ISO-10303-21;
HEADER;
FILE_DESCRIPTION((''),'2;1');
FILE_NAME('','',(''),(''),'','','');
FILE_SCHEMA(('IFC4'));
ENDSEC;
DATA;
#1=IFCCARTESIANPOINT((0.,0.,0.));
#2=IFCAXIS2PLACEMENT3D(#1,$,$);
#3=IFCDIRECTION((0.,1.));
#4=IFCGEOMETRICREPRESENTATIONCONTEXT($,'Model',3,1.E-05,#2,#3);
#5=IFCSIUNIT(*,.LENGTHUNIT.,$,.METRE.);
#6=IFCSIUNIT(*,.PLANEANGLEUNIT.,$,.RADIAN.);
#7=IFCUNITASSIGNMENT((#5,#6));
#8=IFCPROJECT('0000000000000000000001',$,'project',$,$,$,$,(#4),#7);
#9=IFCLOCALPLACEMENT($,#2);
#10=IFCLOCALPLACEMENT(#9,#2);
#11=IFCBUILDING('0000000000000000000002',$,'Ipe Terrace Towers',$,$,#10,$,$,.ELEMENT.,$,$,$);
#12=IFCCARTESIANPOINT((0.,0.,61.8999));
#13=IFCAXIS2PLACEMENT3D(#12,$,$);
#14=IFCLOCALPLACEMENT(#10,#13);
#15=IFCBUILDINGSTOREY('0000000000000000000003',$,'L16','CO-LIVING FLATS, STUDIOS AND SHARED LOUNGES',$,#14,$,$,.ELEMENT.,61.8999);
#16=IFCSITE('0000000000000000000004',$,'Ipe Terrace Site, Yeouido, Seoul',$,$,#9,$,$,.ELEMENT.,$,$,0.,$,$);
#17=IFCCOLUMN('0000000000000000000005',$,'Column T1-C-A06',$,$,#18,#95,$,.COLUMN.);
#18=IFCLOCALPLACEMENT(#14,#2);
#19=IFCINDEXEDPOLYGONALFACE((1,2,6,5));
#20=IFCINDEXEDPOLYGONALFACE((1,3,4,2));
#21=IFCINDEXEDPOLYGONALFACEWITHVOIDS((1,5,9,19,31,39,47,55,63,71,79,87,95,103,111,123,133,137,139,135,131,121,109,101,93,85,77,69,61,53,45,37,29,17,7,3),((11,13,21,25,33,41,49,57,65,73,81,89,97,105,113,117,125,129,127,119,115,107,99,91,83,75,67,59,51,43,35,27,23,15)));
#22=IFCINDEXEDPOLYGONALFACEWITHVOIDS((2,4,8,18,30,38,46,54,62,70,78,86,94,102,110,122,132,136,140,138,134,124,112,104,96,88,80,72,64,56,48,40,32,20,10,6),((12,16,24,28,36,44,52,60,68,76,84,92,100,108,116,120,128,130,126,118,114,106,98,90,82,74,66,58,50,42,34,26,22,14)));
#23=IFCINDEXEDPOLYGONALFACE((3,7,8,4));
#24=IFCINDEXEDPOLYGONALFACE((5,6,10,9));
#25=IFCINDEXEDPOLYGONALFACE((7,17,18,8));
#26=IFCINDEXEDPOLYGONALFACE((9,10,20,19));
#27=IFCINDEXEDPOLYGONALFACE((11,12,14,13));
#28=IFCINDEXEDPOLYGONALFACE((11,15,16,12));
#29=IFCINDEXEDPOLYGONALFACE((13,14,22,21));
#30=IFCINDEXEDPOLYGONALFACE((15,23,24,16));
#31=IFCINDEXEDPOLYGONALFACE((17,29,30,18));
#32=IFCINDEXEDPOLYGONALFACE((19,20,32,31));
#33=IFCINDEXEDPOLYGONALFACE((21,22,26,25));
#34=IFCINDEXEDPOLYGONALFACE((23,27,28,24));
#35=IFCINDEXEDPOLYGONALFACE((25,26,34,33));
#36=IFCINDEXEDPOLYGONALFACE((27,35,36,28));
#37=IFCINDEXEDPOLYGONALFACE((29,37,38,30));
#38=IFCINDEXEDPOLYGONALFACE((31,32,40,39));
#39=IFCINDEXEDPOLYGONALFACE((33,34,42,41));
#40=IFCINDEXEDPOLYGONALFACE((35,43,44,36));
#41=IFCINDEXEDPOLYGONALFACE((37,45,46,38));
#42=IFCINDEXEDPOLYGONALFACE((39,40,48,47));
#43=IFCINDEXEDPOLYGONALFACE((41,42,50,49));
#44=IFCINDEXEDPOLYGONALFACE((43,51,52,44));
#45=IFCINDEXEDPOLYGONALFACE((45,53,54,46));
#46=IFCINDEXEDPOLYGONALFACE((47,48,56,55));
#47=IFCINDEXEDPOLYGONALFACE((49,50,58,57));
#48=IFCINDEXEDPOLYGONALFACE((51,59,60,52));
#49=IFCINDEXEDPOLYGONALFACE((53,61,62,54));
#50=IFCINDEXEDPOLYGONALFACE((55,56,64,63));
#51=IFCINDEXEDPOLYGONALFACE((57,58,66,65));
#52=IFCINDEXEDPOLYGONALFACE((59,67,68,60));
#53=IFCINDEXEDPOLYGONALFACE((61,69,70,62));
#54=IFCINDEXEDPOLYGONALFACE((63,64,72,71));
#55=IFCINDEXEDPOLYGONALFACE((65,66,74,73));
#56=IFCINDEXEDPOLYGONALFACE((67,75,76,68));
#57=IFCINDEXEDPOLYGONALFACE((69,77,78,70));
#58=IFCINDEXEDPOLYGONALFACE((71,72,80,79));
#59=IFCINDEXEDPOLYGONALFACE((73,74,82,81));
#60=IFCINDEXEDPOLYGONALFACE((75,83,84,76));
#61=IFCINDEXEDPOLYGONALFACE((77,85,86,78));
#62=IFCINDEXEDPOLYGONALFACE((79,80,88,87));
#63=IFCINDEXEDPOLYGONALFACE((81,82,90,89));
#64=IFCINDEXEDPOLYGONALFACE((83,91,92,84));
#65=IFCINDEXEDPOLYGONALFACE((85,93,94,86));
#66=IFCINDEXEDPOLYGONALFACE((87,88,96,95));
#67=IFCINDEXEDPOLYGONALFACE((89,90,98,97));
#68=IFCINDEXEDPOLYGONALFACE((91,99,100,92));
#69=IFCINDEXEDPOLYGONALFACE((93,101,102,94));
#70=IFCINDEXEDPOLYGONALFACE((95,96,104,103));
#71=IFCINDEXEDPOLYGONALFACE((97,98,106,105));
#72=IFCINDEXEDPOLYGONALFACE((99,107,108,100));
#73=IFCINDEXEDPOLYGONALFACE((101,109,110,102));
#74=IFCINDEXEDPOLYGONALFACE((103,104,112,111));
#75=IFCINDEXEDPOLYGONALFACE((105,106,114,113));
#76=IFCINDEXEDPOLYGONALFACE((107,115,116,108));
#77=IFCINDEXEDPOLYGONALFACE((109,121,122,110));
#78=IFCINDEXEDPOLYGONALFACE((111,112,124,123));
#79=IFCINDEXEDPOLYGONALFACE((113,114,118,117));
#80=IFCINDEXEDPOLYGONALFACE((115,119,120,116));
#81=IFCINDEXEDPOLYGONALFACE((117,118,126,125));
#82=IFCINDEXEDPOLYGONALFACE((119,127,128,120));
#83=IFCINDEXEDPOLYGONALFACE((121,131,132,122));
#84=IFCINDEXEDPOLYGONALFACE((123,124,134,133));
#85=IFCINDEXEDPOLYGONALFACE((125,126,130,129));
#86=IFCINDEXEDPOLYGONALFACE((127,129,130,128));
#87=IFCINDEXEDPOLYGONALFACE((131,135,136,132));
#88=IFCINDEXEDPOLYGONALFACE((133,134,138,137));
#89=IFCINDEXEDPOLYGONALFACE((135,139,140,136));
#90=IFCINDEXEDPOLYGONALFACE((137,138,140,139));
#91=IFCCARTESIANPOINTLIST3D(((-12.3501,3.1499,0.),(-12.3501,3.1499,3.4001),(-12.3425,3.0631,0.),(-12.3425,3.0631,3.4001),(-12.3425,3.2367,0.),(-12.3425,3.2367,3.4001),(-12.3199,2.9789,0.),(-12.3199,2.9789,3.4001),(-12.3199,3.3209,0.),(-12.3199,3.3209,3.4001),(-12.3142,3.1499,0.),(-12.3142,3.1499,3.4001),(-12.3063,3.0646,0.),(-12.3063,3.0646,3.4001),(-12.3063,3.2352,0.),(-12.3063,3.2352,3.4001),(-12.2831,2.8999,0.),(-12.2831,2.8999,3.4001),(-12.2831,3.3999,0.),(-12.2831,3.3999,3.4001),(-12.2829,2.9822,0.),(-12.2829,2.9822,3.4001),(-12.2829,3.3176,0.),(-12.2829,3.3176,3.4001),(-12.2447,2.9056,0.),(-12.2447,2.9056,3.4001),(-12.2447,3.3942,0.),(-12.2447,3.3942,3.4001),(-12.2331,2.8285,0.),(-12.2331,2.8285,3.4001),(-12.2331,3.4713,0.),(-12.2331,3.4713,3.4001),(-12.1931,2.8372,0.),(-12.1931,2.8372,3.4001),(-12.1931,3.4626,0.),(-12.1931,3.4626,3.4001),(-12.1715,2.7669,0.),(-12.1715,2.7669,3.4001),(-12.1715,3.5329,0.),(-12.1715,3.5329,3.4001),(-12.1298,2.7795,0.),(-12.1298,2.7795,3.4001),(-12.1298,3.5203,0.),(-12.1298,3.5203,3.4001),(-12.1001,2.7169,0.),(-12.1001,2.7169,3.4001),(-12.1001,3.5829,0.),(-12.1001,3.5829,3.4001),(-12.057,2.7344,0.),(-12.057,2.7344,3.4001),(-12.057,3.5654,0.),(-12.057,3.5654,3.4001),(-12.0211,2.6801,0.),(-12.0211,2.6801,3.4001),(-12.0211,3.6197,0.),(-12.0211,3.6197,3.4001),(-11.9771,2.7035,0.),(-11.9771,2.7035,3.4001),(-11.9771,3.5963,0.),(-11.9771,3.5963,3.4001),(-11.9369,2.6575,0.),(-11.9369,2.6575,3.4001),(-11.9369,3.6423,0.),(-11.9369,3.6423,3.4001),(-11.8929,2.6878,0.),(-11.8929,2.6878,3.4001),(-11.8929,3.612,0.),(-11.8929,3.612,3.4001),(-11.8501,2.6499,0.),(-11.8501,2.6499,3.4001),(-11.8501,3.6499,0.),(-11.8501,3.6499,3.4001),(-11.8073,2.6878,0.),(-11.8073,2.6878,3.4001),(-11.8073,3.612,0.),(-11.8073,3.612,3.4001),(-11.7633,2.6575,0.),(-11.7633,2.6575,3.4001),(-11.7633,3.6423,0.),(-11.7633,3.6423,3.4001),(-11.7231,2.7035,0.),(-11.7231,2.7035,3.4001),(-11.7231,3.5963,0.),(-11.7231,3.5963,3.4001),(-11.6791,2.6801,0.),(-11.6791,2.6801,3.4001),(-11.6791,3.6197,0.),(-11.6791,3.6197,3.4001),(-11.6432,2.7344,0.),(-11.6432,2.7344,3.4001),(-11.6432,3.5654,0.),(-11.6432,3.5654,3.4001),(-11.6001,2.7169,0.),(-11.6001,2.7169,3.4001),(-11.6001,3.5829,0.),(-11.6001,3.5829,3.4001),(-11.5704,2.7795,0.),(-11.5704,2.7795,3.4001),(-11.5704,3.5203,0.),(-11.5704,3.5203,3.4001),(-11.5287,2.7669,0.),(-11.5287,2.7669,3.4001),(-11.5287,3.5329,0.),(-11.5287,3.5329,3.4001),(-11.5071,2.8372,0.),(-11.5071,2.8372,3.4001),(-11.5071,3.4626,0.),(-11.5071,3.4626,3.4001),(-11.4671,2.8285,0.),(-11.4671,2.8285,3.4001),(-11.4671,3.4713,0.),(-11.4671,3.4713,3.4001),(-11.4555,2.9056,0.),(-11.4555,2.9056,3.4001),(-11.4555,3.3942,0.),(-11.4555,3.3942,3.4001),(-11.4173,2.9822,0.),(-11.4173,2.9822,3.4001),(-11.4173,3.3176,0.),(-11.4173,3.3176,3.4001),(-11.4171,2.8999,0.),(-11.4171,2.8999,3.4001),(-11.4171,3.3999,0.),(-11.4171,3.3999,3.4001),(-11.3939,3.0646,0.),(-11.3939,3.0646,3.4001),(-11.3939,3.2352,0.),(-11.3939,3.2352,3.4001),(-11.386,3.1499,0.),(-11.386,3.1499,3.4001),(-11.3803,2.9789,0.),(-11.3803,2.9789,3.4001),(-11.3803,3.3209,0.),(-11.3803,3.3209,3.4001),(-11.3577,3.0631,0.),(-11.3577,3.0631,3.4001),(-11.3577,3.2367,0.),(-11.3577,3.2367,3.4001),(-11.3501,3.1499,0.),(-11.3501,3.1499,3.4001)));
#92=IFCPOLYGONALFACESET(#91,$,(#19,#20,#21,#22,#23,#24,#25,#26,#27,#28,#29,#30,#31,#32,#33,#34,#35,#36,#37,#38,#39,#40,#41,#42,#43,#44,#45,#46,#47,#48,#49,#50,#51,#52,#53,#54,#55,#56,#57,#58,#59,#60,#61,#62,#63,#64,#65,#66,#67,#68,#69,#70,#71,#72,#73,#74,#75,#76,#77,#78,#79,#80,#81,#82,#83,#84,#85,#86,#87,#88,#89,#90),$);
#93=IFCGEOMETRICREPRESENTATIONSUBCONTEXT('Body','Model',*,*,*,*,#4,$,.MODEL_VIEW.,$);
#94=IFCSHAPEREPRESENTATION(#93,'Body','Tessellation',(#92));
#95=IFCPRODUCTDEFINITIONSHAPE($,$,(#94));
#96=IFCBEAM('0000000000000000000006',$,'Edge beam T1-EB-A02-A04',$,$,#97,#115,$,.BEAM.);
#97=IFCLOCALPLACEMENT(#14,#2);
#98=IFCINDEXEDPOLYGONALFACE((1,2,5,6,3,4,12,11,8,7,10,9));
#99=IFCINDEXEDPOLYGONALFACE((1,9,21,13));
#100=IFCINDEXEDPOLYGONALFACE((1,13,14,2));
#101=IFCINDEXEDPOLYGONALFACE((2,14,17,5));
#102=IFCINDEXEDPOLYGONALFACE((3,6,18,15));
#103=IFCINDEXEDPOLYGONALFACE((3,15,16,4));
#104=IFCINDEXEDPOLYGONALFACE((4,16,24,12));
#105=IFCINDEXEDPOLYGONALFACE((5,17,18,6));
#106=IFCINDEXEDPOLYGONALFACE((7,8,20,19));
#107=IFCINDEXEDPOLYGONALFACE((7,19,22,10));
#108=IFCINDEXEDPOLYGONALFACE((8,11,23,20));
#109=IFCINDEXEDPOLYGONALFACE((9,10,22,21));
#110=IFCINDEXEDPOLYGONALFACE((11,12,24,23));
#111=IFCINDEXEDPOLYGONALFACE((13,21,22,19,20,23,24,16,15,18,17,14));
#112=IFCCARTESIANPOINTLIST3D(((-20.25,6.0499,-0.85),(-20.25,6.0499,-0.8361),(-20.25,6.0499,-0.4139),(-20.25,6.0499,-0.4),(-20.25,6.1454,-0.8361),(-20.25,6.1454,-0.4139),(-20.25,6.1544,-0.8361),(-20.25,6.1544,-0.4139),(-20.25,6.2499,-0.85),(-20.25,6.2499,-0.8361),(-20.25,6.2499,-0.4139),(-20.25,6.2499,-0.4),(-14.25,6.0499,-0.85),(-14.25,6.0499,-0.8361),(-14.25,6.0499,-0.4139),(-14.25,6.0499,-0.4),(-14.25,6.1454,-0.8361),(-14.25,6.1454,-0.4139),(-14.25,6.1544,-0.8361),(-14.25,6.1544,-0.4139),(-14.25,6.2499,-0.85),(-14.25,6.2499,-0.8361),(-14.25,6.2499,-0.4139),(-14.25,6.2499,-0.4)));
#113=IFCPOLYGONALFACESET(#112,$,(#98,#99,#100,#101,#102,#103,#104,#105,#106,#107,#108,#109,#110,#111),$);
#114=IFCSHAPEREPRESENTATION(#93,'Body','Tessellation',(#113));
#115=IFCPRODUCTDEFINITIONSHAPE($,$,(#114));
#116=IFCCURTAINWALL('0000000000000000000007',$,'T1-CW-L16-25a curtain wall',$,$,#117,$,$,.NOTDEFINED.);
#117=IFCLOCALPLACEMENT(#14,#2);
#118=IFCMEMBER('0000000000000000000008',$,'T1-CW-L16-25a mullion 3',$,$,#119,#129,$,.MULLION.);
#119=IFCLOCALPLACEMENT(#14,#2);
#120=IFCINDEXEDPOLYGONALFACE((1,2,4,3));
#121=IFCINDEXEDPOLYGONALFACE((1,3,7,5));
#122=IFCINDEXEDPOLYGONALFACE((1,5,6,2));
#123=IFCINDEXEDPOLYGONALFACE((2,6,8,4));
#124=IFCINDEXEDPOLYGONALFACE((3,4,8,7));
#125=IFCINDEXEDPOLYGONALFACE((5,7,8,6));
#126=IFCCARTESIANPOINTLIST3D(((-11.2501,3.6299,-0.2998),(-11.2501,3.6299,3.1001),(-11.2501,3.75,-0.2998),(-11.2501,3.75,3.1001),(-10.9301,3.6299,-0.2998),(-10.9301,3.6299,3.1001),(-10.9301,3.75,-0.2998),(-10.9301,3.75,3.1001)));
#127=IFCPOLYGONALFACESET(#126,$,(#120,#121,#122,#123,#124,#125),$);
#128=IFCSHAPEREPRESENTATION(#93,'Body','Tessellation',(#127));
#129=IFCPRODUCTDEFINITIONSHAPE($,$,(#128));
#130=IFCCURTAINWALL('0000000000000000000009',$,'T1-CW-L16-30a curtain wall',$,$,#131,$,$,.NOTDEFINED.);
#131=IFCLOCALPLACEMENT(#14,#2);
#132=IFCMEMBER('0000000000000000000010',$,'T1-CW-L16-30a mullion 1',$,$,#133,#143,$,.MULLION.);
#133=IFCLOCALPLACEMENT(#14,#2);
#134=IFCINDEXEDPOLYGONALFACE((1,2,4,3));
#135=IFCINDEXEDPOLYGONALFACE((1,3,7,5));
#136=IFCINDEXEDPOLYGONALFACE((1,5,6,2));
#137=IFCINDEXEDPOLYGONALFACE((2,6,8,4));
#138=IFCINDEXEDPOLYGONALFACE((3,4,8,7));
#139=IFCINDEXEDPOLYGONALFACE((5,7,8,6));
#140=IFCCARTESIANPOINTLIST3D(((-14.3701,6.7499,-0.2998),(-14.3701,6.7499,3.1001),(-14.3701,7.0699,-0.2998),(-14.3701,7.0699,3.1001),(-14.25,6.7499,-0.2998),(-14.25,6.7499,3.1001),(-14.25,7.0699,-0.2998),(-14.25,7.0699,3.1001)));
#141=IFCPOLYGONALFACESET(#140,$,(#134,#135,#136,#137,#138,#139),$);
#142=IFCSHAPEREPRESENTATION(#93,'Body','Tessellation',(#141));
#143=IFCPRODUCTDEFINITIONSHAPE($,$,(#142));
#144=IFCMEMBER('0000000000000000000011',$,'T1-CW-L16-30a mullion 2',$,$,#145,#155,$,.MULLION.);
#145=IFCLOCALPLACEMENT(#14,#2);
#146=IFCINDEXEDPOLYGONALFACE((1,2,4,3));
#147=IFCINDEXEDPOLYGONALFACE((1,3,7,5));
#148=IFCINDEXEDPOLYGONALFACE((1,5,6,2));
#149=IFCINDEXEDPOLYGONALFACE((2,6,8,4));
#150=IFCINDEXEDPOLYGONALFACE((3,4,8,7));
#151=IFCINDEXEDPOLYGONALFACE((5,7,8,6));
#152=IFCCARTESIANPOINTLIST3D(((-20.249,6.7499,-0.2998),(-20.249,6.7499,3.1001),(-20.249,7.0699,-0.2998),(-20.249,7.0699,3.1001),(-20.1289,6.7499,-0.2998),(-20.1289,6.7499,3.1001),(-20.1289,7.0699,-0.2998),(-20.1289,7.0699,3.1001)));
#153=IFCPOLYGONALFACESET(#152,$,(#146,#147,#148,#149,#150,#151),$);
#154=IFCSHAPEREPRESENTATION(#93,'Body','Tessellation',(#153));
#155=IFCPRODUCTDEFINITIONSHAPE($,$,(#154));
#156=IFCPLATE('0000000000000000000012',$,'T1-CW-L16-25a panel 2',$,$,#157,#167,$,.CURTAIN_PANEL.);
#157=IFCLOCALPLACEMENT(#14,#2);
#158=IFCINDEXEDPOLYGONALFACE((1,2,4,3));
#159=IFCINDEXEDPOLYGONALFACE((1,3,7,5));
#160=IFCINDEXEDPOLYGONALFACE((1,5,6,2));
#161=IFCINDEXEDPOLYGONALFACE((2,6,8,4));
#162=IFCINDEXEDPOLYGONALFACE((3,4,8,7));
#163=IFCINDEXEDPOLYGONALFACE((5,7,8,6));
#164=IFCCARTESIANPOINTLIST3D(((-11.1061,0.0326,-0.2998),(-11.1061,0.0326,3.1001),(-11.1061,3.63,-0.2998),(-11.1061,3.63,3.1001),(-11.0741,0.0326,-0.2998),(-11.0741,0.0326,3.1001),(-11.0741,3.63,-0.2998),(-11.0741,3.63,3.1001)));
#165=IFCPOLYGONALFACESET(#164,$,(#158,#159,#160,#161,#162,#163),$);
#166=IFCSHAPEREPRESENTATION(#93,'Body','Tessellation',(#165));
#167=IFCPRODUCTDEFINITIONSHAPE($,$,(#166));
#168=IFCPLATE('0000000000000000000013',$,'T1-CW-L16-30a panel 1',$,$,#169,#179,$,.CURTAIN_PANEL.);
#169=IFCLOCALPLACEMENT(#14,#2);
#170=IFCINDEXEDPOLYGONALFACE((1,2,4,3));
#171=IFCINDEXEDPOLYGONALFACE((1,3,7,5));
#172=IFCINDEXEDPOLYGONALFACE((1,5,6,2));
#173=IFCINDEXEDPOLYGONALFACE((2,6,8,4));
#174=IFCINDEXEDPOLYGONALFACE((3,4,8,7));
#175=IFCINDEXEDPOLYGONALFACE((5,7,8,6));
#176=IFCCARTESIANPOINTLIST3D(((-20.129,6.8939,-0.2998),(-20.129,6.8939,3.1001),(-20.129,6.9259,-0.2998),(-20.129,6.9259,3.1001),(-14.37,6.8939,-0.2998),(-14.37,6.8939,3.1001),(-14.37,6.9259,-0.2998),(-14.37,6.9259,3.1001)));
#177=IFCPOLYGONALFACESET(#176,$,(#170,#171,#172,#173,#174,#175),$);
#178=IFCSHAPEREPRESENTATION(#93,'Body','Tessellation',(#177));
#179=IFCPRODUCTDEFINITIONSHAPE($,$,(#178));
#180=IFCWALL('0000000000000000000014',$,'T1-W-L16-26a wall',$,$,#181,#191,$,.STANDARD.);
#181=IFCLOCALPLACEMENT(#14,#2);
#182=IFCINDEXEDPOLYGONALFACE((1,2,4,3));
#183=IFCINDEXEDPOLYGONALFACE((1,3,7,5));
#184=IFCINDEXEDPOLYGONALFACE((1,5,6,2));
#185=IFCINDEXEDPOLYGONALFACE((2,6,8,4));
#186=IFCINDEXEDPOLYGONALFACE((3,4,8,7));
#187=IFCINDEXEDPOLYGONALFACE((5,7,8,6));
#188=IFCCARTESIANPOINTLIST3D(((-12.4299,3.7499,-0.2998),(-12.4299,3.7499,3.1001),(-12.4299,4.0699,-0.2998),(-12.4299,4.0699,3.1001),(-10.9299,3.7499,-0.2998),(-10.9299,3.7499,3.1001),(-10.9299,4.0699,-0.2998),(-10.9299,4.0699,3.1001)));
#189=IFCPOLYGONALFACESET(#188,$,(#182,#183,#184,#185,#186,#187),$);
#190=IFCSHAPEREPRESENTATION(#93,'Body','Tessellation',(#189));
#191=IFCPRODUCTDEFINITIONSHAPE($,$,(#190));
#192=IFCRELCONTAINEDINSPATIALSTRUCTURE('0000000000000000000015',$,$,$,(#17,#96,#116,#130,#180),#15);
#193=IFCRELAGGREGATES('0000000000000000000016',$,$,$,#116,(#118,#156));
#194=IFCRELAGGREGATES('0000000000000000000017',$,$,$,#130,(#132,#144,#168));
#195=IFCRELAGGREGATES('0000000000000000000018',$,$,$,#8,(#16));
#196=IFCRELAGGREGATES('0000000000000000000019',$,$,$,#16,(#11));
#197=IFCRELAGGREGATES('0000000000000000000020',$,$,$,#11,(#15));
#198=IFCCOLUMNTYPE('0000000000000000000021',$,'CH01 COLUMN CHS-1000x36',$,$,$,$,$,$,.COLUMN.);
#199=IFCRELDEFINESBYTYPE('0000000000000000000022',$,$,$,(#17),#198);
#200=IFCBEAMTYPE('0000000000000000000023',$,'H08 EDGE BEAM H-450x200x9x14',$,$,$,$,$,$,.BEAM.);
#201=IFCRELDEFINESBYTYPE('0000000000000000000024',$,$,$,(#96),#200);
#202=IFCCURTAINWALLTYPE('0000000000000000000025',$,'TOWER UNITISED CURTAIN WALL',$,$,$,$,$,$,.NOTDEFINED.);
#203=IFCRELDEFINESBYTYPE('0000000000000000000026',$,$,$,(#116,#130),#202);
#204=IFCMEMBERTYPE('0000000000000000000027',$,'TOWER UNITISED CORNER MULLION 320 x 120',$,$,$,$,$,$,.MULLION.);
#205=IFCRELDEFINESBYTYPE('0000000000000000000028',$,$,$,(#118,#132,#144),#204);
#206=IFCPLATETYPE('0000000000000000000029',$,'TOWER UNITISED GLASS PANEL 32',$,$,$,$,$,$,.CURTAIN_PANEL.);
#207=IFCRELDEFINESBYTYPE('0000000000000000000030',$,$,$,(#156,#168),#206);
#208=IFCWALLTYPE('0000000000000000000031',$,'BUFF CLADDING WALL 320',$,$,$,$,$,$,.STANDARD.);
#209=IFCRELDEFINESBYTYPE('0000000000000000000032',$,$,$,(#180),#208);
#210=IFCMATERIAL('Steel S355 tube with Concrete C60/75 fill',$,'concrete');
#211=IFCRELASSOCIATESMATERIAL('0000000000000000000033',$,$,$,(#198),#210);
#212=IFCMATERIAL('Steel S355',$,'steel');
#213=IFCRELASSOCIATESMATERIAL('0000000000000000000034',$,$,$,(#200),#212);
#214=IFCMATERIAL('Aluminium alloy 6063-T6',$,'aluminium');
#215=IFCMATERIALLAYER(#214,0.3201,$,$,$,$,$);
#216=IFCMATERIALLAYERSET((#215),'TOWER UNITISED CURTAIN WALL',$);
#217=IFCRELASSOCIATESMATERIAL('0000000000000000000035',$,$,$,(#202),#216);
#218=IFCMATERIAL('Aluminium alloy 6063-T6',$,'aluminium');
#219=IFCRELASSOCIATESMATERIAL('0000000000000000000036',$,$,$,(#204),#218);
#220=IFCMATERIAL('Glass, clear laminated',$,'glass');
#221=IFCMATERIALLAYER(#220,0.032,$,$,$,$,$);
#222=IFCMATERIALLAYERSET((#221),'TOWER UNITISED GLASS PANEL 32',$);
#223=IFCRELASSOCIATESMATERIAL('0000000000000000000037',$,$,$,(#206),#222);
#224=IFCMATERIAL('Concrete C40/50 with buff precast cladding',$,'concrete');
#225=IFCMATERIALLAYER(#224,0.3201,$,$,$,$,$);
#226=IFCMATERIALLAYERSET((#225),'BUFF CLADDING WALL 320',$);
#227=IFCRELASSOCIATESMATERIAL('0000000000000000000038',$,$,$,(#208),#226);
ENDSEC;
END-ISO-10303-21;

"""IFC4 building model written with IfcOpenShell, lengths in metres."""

from ifc_helpers import new_model, si_unit, direction, frame, frame_2d, origin, origin_2d, place, context, subcontext, project, spatial, rectangle, hollow_circle, i_section, extrude, material, layer, layer_set, material_profile, profile_set, type_object, element, aggregate, save


model = new_model("IFC4")

# Units and contexts
model_context = context("Model", 3, precision=1e-05, world=origin(), true_north=direction((0.0, 1.0)))
body_context = subcontext(model_context, "Body", "Model", "MODEL_VIEW")
ifc_project = project(units=[si_unit("LENGTHUNIT", "METRE"), si_unit("PLANEANGLEUNIT", "RADIAN")], contexts=[model_context])

# Site, building, storey
site_placement = place(None, origin())
site = spatial("IfcSite", under=ifc_project, at=site_placement, Name="Ipe Terrace Site, Yeouido, Seoul", CompositionType="ELEMENT", RefElevation=0.0)
building_placement = place(site_placement, origin())
building = spatial("IfcBuilding", under=site, at=building_placement, Name="Ipe Terrace Towers", CompositionType="ELEMENT")
storey_placement = place(building_placement, frame((0.0, 0.0, 61.8999)))
storey = spatial("IfcBuildingStorey", under=building, at=storey_placement, Name="L16", Description="CO-LIVING FLATS, STUDIOS AND SHARED LOUNGES", CompositionType="ELEMENT", Elevation=61.8999)

# Column
ifc_material_1 = material(Name="Steel S355 tube with Concrete C60/75 fill", Category="concrete")
ifc_material_profile_1 = material_profile(ifc_material_1, hollow_circle(Radius=0.5, WallThickness=0.0359, at=origin_2d()), Name="CHS-1000x36")
ifc_profile_set_1 = profile_set([ifc_material_profile_1], Name="Steel S355 tube with Concrete C60/75 fill")
column_type = type_object("IfcColumnType", Name="CH01 COLUMN CHS-1000x36", PredefinedType="COLUMN", material=ifc_profile_set_1)
for number, where, z_axis, x_axis, name in (
    (1, (-11.8501, 3.1499, 0.0), (0.0, 0.0, 1.0), (1.0, 0.0, 0.0), "Column T1-C-A06"),
):
    element("IfcColumn", number, at=place(storey_placement, frame(where, z_axis=z_axis, x_axis=x_axis)), inside=storey, type_object=column_type, Name=name, PredefinedType="COLUMN", context=body_context, shape_type="SweptSolid", body=[
        extrude(hollow_circle(Radius=0.5, WallThickness=0.0359, at=origin_2d()), origin(), (0.0, 0.0, 1.0), 3.4001),
    ])

# Beam
ifc_material_2 = material(Name="Steel S355", Category="steel")
ifc_material_profile_2 = material_profile(ifc_material_2, i_section(OverallWidth=0.2, OverallDepth=0.45, WebThickness=0.009, FlangeThickness=0.0139, at=origin_2d()), Name="H-450x200x9x14")
ifc_profile_set_2 = profile_set([ifc_material_profile_2], Name="Steel S355")
beam_type = type_object("IfcBeamType", Name="H08 EDGE BEAM H-450x200x9x14", PredefinedType="BEAM", material=ifc_profile_set_2)
beam_placement = place(storey_placement, frame((-20.25, 6.1499, -0.625), z_axis=(1.0, 0.0, 0.0), x_axis=(0.0, 1.0, 0.0)))
element("IfcBeam", 2, at=beam_placement, inside=storey, type_object=beam_type, Name="Edge beam T1-EB-A02-A04", PredefinedType="BEAM", context=body_context, shape_type="SweptSolid", body=[
    extrude(i_section(OverallWidth=0.2, OverallDepth=0.45, WebThickness=0.009, FlangeThickness=0.0139, at=origin_2d()), origin(), (0.0, 0.0, 1.0), 6.0),
])

# Curtain wall, member
ifc_material_3 = material(Name="Aluminium alloy 6063-T6", Category="aluminium")
ifc_layer_1 = layer(ifc_material_3, 0.3201)
ifc_layer_set_1 = layer_set([ifc_layer_1], Name="TOWER UNITISED CURTAIN WALL")
curtain_wall_type = type_object("IfcCurtainWallType", Name="TOWER UNITISED CURTAIN WALL", PredefinedType="NOTDEFINED", material=ifc_layer_set_1)
curtain_wall_1_placement = place(storey_placement, origin())
curtain_wall_1 = element("IfcCurtainWall", 3, at=curtain_wall_1_placement, inside=storey, type_object=curtain_wall_type, Name="T1-CW-L16-25a curtain wall", PredefinedType="NOTDEFINED")
ifc_material_4 = material(Name="Aluminium alloy 6063-T6", Category="aluminium")
ifc_material_profile_3 = material_profile(ifc_material_4, rectangle(XDim=0.3201, YDim=0.1201, at=origin_2d()), Name="TOWER UNITISED CORNER MULLION 320 x 120")
ifc_profile_set_3 = profile_set([ifc_material_profile_3], Name="Aluminium alloy 6063-T6")
member_type = type_object("IfcMemberType", Name="TOWER UNITISED CORNER MULLION 320 x 120", PredefinedType="MULLION", material=ifc_profile_set_3)
member_1_placement = place(storey_placement, frame((-11.0901, 3.6899, -0.2998), z_axis=(0.0, 0.0, 1.0), x_axis=(1.0, 0.0, 0.0)))
member_1 = element("IfcMember", 4, at=member_1_placement, type_object=member_type, Name="T1-CW-L16-25a mullion 3", PredefinedType="MULLION", context=body_context, shape_type="SweptSolid", body=[
    extrude(rectangle(XDim=0.3201, YDim=0.1201, at=origin_2d()), origin(), (0.0, 0.0, 1.0), 3.3999),
])

# Curtain wall, members
curtain_wall_2_placement = place(storey_placement, origin())
curtain_wall_2 = element("IfcCurtainWall", 5, at=curtain_wall_2_placement, inside=storey, type_object=curtain_wall_type, Name="T1-CW-L16-30a curtain wall", PredefinedType="NOTDEFINED")
member_2_placement = place(storey_placement, frame((-14.3101, 6.9099, -0.2998), z_axis=(0.0, 0.0, 1.0), x_axis=(0.0, 1.0, 0.0)))
member_2 = element("IfcMember", 6, at=member_2_placement, type_object=member_type, Name="T1-CW-L16-30a mullion 1", PredefinedType="MULLION", context=body_context, shape_type="SweptSolid", body=[
    extrude(rectangle(XDim=0.3201, YDim=0.1201, at=origin_2d()), origin(), (0.0, 0.0, 1.0), 3.3999),
])
member_3_placement = place(storey_placement, frame((-20.189, 6.9099, -0.2998), z_axis=(0.0, 0.0, 1.0), x_axis=(0.0, 1.0, 0.0)))
member_3 = element("IfcMember", 7, at=member_3_placement, type_object=member_type, Name="T1-CW-L16-30a mullion 2", PredefinedType="MULLION", context=body_context, shape_type="SweptSolid", body=[
    extrude(rectangle(XDim=0.3201, YDim=0.1201, at=origin_2d()), origin(), (0.0, 0.0, 1.0), 3.3999),
])

# Plates
ifc_material_5 = material(Name="Glass, clear laminated", Category="glass")
ifc_layer_2 = layer(ifc_material_5, 0.032)
ifc_layer_set_2 = layer_set([ifc_layer_2], Name="TOWER UNITISED GLASS PANEL 32")
plate_type = type_object("IfcPlateType", Name="TOWER UNITISED GLASS PANEL 32", PredefinedType="CURTAIN_PANEL", material=ifc_layer_set_2)
plate_1_placement = place(storey_placement, frame((-11.0901, 1.8313, -0.2998), z_axis=(0.0, 0.0, 1.0), x_axis=(0.0, 1.0, 0.0)))
plate_1 = element("IfcPlate", 8, at=plate_1_placement, type_object=plate_type, Name="T1-CW-L16-25a panel 2", PredefinedType="CURTAIN_PANEL", context=body_context, shape_type="SweptSolid", body=[
    extrude(rectangle(XDim=3.5974, YDim=0.032, at=origin_2d()), origin(), (0.0, 0.0, 1.0), 3.3999),
])
aggregate(curtain_wall_1, [member_1, plate_1])
plate_2_placement = place(storey_placement, frame((-17.2495, 6.9099, -0.2998), z_axis=(0.0, 0.0, 1.0), x_axis=(-1.0, 0.0, 0.0)))
plate_2 = element("IfcPlate", 9, at=plate_2_placement, type_object=plate_type, Name="T1-CW-L16-30a panel 1", PredefinedType="CURTAIN_PANEL", context=body_context, shape_type="SweptSolid", body=[
    extrude(rectangle(XDim=5.759, YDim=0.032, at=origin_2d()), origin(), (0.0, 0.0, 1.0), 3.3999),
])
aggregate(curtain_wall_2, [member_2, member_3, plate_2])

# Wall
ifc_material_6 = material(Name="Concrete C40/50 with buff precast cladding", Category="concrete")
ifc_layer_3 = layer(ifc_material_6, 0.3201)
ifc_layer_set_3 = layer_set([ifc_layer_3], Name="BUFF CLADDING WALL 320")
wall_type_1 = type_object("IfcWallType", Name="BUFF CLADDING WALL 320", PredefinedType="STANDARD", material=ifc_layer_set_3)
wall_1_placement = place(storey_placement, frame((-10.9299, 3.9099, -0.2998), z_axis=(0.0, 0.0, 1.0), x_axis=(-1.0, 0.0, 0.0)))
element("IfcWall", 10, at=wall_1_placement, inside=storey, type_object=wall_type_1, Name="T1-W-L16-26a wall", PredefinedType="STANDARD", context=body_context, shape_type="SweptSolid", body=[
    extrude(rectangle(XDim=1.5, YDim=0.3201, at=frame_2d((0.75, 0.0))), origin(), (0.0, 0.0, 1.0), 3.3999),
])

save(model, "model.ifc")
